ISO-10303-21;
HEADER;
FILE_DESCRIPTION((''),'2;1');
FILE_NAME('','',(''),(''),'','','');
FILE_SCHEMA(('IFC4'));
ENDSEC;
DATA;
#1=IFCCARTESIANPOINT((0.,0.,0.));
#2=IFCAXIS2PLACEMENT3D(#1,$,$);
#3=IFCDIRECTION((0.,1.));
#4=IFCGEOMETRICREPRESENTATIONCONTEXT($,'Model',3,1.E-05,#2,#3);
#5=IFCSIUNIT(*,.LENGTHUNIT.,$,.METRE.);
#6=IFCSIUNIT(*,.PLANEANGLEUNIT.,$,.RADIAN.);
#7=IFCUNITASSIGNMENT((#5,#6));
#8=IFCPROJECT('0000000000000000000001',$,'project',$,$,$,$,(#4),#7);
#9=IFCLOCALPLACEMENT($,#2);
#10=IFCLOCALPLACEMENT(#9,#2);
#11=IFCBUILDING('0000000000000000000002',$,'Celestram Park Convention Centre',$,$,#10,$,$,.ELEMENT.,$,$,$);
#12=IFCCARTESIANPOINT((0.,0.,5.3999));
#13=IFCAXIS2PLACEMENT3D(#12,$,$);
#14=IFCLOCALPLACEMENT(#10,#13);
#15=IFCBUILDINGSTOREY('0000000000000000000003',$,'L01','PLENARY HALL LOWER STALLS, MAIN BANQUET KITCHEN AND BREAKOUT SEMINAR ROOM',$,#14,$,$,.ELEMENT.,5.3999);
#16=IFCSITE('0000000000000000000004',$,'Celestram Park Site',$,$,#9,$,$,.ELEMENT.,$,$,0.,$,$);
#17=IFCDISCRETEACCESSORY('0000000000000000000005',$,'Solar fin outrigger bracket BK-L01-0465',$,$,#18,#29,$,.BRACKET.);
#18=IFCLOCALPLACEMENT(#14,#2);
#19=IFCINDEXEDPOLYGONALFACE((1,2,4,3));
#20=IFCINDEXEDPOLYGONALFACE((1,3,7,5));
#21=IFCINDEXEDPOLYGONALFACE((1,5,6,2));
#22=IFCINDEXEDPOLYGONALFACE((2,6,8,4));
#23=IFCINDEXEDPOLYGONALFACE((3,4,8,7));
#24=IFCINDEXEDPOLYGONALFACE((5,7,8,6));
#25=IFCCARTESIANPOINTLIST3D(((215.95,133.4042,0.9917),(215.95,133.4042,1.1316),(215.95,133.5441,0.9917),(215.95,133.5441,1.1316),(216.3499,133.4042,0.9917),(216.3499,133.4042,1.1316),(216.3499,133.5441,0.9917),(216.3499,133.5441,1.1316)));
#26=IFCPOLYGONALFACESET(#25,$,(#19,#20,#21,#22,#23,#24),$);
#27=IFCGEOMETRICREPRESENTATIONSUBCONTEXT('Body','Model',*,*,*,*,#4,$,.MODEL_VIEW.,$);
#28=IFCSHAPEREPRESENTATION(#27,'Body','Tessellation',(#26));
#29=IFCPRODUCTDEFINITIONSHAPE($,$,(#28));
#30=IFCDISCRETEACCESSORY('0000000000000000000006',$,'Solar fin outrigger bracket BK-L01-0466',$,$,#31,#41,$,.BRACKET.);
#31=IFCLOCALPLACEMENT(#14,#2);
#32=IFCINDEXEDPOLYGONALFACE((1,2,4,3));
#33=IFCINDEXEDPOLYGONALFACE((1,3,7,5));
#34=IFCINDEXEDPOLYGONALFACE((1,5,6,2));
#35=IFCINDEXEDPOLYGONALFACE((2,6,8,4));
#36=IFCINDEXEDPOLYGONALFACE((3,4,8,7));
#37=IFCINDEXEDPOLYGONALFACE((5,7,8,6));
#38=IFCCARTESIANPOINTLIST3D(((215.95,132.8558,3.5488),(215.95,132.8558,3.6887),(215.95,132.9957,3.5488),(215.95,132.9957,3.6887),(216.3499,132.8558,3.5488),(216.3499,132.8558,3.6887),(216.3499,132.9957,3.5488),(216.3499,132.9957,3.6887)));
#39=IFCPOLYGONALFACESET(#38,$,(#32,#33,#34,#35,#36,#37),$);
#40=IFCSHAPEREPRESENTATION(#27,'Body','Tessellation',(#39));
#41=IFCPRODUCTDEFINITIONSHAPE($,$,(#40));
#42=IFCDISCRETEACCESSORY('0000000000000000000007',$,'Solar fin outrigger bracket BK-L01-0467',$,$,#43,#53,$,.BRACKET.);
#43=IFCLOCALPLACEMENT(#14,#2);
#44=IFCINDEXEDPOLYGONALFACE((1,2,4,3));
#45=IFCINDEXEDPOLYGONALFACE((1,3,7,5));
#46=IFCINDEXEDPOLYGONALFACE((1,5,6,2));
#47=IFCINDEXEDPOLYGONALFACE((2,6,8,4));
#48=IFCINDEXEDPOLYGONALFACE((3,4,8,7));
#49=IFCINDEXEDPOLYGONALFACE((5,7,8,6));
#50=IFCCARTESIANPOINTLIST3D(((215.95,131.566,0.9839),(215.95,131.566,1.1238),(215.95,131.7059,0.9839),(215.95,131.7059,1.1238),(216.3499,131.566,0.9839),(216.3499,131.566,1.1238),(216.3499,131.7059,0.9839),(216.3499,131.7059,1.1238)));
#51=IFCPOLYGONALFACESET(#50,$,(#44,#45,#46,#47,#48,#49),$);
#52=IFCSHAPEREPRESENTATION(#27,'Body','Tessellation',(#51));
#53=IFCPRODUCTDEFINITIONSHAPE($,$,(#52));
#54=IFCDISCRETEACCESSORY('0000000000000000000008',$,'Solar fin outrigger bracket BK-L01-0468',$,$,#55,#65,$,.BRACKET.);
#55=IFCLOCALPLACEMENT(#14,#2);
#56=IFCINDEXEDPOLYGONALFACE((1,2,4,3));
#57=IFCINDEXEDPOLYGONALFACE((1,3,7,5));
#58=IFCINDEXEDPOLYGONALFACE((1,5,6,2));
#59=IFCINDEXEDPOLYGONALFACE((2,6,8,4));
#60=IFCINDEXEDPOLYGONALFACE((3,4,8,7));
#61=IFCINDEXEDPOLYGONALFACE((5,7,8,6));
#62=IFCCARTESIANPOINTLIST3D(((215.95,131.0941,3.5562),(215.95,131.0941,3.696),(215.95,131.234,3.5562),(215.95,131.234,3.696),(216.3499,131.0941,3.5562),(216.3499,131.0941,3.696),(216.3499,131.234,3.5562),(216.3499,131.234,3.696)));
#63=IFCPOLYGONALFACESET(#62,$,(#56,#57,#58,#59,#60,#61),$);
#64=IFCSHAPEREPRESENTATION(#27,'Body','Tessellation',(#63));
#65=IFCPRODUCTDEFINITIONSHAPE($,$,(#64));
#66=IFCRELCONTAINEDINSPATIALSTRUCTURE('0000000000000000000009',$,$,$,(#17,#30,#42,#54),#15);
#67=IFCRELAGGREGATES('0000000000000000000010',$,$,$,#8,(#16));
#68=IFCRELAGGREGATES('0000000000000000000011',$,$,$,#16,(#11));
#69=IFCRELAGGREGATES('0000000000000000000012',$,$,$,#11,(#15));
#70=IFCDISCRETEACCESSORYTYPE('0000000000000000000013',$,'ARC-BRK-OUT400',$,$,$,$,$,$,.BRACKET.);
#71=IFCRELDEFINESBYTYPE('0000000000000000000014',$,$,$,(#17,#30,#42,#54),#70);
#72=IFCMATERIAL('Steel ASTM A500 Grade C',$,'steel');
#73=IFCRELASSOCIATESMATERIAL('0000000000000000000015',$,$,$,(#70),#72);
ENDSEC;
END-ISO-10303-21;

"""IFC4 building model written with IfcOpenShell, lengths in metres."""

from ifc_helpers import new_model, si_unit, direction, frame, origin, origin_2d, place, context, subcontext, project, spatial, rectangle, extrude, material, type_object, element, save


model = new_model("IFC4")

# Units and contexts
model_context = context("Model", 3, precision=1e-05, world=origin(), true_north=direction((0.0, 1.0)))
body_context = subcontext(model_context, "Body", "Model", "MODEL_VIEW")
ifc_project = project(units=[si_unit("LENGTHUNIT", "METRE"), si_unit("PLANEANGLEUNIT", "RADIAN")], contexts=[model_context])

# Site, building, storey
site_placement = place(None, origin())
site = spatial("IfcSite", under=ifc_project, at=site_placement, Name="Celestram Park Site", CompositionType="ELEMENT", RefElevation=0.0)
building_placement = place(site_placement, origin())
building = spatial("IfcBuilding", under=site, at=building_placement, Name="Celestram Park Convention Centre", CompositionType="ELEMENT")
storey_placement = place(building_placement, frame((0.0, 0.0, 5.3999)))
storey = spatial("IfcBuildingStorey", under=building, at=storey_placement, Name="L01", Description="PLENARY HALL LOWER STALLS, MAIN BANQUET KITCHEN AND BREAKOUT SEMINAR ROOM", CompositionType="ELEMENT", Elevation=5.3999)

# Shared definitions
ifc_material_1 = material(Name="Steel ASTM A500 Grade C", Category="steel")

# Discrete accessories
discrete_accessory_type = type_object("IfcDiscreteAccessoryType", Name="ARC-BRK-OUT400", PredefinedType="BRACKET", material=ifc_material_1)
for number, where, z_axis, x_axis, name in (
    (1, (216.1499, 133.4741, 0.9917), (0.0, 0.0, 1.0), (1.0, 0.0, 0.0), "Solar fin outrigger bracket BK-L01-0465"),
    (2, (216.1499, 132.9258, 3.5488), (0.0, 0.0, 1.0), (1.0, 0.0, 0.0), "Solar fin outrigger bracket BK-L01-0466"),
    (3, (216.1499, 131.636, 0.9839), (0.0, 0.0, 1.0), (1.0, 0.0, 0.0), "Solar fin outrigger bracket BK-L01-0467"),
    (4, (216.1499, 131.1641, 3.5562), (0.0, 0.0, 1.0), (1.0, 0.0, 0.0), "Solar fin outrigger bracket BK-L01-0468"),
):
    element("IfcDiscreteAccessory", number, at=place(storey_placement, frame(where, z_axis=z_axis, x_axis=x_axis)), inside=storey, type_object=discrete_accessory_type, Name=name, PredefinedType="BRACKET", context=body_context, shape_type="SweptSolid", body=[
        extrude(rectangle(XDim=0.3999, YDim=0.1399, at=origin_2d()), origin(), (0.0, 0.0, 1.0), 0.1399),
    ])

save(model, "model.ifc")
